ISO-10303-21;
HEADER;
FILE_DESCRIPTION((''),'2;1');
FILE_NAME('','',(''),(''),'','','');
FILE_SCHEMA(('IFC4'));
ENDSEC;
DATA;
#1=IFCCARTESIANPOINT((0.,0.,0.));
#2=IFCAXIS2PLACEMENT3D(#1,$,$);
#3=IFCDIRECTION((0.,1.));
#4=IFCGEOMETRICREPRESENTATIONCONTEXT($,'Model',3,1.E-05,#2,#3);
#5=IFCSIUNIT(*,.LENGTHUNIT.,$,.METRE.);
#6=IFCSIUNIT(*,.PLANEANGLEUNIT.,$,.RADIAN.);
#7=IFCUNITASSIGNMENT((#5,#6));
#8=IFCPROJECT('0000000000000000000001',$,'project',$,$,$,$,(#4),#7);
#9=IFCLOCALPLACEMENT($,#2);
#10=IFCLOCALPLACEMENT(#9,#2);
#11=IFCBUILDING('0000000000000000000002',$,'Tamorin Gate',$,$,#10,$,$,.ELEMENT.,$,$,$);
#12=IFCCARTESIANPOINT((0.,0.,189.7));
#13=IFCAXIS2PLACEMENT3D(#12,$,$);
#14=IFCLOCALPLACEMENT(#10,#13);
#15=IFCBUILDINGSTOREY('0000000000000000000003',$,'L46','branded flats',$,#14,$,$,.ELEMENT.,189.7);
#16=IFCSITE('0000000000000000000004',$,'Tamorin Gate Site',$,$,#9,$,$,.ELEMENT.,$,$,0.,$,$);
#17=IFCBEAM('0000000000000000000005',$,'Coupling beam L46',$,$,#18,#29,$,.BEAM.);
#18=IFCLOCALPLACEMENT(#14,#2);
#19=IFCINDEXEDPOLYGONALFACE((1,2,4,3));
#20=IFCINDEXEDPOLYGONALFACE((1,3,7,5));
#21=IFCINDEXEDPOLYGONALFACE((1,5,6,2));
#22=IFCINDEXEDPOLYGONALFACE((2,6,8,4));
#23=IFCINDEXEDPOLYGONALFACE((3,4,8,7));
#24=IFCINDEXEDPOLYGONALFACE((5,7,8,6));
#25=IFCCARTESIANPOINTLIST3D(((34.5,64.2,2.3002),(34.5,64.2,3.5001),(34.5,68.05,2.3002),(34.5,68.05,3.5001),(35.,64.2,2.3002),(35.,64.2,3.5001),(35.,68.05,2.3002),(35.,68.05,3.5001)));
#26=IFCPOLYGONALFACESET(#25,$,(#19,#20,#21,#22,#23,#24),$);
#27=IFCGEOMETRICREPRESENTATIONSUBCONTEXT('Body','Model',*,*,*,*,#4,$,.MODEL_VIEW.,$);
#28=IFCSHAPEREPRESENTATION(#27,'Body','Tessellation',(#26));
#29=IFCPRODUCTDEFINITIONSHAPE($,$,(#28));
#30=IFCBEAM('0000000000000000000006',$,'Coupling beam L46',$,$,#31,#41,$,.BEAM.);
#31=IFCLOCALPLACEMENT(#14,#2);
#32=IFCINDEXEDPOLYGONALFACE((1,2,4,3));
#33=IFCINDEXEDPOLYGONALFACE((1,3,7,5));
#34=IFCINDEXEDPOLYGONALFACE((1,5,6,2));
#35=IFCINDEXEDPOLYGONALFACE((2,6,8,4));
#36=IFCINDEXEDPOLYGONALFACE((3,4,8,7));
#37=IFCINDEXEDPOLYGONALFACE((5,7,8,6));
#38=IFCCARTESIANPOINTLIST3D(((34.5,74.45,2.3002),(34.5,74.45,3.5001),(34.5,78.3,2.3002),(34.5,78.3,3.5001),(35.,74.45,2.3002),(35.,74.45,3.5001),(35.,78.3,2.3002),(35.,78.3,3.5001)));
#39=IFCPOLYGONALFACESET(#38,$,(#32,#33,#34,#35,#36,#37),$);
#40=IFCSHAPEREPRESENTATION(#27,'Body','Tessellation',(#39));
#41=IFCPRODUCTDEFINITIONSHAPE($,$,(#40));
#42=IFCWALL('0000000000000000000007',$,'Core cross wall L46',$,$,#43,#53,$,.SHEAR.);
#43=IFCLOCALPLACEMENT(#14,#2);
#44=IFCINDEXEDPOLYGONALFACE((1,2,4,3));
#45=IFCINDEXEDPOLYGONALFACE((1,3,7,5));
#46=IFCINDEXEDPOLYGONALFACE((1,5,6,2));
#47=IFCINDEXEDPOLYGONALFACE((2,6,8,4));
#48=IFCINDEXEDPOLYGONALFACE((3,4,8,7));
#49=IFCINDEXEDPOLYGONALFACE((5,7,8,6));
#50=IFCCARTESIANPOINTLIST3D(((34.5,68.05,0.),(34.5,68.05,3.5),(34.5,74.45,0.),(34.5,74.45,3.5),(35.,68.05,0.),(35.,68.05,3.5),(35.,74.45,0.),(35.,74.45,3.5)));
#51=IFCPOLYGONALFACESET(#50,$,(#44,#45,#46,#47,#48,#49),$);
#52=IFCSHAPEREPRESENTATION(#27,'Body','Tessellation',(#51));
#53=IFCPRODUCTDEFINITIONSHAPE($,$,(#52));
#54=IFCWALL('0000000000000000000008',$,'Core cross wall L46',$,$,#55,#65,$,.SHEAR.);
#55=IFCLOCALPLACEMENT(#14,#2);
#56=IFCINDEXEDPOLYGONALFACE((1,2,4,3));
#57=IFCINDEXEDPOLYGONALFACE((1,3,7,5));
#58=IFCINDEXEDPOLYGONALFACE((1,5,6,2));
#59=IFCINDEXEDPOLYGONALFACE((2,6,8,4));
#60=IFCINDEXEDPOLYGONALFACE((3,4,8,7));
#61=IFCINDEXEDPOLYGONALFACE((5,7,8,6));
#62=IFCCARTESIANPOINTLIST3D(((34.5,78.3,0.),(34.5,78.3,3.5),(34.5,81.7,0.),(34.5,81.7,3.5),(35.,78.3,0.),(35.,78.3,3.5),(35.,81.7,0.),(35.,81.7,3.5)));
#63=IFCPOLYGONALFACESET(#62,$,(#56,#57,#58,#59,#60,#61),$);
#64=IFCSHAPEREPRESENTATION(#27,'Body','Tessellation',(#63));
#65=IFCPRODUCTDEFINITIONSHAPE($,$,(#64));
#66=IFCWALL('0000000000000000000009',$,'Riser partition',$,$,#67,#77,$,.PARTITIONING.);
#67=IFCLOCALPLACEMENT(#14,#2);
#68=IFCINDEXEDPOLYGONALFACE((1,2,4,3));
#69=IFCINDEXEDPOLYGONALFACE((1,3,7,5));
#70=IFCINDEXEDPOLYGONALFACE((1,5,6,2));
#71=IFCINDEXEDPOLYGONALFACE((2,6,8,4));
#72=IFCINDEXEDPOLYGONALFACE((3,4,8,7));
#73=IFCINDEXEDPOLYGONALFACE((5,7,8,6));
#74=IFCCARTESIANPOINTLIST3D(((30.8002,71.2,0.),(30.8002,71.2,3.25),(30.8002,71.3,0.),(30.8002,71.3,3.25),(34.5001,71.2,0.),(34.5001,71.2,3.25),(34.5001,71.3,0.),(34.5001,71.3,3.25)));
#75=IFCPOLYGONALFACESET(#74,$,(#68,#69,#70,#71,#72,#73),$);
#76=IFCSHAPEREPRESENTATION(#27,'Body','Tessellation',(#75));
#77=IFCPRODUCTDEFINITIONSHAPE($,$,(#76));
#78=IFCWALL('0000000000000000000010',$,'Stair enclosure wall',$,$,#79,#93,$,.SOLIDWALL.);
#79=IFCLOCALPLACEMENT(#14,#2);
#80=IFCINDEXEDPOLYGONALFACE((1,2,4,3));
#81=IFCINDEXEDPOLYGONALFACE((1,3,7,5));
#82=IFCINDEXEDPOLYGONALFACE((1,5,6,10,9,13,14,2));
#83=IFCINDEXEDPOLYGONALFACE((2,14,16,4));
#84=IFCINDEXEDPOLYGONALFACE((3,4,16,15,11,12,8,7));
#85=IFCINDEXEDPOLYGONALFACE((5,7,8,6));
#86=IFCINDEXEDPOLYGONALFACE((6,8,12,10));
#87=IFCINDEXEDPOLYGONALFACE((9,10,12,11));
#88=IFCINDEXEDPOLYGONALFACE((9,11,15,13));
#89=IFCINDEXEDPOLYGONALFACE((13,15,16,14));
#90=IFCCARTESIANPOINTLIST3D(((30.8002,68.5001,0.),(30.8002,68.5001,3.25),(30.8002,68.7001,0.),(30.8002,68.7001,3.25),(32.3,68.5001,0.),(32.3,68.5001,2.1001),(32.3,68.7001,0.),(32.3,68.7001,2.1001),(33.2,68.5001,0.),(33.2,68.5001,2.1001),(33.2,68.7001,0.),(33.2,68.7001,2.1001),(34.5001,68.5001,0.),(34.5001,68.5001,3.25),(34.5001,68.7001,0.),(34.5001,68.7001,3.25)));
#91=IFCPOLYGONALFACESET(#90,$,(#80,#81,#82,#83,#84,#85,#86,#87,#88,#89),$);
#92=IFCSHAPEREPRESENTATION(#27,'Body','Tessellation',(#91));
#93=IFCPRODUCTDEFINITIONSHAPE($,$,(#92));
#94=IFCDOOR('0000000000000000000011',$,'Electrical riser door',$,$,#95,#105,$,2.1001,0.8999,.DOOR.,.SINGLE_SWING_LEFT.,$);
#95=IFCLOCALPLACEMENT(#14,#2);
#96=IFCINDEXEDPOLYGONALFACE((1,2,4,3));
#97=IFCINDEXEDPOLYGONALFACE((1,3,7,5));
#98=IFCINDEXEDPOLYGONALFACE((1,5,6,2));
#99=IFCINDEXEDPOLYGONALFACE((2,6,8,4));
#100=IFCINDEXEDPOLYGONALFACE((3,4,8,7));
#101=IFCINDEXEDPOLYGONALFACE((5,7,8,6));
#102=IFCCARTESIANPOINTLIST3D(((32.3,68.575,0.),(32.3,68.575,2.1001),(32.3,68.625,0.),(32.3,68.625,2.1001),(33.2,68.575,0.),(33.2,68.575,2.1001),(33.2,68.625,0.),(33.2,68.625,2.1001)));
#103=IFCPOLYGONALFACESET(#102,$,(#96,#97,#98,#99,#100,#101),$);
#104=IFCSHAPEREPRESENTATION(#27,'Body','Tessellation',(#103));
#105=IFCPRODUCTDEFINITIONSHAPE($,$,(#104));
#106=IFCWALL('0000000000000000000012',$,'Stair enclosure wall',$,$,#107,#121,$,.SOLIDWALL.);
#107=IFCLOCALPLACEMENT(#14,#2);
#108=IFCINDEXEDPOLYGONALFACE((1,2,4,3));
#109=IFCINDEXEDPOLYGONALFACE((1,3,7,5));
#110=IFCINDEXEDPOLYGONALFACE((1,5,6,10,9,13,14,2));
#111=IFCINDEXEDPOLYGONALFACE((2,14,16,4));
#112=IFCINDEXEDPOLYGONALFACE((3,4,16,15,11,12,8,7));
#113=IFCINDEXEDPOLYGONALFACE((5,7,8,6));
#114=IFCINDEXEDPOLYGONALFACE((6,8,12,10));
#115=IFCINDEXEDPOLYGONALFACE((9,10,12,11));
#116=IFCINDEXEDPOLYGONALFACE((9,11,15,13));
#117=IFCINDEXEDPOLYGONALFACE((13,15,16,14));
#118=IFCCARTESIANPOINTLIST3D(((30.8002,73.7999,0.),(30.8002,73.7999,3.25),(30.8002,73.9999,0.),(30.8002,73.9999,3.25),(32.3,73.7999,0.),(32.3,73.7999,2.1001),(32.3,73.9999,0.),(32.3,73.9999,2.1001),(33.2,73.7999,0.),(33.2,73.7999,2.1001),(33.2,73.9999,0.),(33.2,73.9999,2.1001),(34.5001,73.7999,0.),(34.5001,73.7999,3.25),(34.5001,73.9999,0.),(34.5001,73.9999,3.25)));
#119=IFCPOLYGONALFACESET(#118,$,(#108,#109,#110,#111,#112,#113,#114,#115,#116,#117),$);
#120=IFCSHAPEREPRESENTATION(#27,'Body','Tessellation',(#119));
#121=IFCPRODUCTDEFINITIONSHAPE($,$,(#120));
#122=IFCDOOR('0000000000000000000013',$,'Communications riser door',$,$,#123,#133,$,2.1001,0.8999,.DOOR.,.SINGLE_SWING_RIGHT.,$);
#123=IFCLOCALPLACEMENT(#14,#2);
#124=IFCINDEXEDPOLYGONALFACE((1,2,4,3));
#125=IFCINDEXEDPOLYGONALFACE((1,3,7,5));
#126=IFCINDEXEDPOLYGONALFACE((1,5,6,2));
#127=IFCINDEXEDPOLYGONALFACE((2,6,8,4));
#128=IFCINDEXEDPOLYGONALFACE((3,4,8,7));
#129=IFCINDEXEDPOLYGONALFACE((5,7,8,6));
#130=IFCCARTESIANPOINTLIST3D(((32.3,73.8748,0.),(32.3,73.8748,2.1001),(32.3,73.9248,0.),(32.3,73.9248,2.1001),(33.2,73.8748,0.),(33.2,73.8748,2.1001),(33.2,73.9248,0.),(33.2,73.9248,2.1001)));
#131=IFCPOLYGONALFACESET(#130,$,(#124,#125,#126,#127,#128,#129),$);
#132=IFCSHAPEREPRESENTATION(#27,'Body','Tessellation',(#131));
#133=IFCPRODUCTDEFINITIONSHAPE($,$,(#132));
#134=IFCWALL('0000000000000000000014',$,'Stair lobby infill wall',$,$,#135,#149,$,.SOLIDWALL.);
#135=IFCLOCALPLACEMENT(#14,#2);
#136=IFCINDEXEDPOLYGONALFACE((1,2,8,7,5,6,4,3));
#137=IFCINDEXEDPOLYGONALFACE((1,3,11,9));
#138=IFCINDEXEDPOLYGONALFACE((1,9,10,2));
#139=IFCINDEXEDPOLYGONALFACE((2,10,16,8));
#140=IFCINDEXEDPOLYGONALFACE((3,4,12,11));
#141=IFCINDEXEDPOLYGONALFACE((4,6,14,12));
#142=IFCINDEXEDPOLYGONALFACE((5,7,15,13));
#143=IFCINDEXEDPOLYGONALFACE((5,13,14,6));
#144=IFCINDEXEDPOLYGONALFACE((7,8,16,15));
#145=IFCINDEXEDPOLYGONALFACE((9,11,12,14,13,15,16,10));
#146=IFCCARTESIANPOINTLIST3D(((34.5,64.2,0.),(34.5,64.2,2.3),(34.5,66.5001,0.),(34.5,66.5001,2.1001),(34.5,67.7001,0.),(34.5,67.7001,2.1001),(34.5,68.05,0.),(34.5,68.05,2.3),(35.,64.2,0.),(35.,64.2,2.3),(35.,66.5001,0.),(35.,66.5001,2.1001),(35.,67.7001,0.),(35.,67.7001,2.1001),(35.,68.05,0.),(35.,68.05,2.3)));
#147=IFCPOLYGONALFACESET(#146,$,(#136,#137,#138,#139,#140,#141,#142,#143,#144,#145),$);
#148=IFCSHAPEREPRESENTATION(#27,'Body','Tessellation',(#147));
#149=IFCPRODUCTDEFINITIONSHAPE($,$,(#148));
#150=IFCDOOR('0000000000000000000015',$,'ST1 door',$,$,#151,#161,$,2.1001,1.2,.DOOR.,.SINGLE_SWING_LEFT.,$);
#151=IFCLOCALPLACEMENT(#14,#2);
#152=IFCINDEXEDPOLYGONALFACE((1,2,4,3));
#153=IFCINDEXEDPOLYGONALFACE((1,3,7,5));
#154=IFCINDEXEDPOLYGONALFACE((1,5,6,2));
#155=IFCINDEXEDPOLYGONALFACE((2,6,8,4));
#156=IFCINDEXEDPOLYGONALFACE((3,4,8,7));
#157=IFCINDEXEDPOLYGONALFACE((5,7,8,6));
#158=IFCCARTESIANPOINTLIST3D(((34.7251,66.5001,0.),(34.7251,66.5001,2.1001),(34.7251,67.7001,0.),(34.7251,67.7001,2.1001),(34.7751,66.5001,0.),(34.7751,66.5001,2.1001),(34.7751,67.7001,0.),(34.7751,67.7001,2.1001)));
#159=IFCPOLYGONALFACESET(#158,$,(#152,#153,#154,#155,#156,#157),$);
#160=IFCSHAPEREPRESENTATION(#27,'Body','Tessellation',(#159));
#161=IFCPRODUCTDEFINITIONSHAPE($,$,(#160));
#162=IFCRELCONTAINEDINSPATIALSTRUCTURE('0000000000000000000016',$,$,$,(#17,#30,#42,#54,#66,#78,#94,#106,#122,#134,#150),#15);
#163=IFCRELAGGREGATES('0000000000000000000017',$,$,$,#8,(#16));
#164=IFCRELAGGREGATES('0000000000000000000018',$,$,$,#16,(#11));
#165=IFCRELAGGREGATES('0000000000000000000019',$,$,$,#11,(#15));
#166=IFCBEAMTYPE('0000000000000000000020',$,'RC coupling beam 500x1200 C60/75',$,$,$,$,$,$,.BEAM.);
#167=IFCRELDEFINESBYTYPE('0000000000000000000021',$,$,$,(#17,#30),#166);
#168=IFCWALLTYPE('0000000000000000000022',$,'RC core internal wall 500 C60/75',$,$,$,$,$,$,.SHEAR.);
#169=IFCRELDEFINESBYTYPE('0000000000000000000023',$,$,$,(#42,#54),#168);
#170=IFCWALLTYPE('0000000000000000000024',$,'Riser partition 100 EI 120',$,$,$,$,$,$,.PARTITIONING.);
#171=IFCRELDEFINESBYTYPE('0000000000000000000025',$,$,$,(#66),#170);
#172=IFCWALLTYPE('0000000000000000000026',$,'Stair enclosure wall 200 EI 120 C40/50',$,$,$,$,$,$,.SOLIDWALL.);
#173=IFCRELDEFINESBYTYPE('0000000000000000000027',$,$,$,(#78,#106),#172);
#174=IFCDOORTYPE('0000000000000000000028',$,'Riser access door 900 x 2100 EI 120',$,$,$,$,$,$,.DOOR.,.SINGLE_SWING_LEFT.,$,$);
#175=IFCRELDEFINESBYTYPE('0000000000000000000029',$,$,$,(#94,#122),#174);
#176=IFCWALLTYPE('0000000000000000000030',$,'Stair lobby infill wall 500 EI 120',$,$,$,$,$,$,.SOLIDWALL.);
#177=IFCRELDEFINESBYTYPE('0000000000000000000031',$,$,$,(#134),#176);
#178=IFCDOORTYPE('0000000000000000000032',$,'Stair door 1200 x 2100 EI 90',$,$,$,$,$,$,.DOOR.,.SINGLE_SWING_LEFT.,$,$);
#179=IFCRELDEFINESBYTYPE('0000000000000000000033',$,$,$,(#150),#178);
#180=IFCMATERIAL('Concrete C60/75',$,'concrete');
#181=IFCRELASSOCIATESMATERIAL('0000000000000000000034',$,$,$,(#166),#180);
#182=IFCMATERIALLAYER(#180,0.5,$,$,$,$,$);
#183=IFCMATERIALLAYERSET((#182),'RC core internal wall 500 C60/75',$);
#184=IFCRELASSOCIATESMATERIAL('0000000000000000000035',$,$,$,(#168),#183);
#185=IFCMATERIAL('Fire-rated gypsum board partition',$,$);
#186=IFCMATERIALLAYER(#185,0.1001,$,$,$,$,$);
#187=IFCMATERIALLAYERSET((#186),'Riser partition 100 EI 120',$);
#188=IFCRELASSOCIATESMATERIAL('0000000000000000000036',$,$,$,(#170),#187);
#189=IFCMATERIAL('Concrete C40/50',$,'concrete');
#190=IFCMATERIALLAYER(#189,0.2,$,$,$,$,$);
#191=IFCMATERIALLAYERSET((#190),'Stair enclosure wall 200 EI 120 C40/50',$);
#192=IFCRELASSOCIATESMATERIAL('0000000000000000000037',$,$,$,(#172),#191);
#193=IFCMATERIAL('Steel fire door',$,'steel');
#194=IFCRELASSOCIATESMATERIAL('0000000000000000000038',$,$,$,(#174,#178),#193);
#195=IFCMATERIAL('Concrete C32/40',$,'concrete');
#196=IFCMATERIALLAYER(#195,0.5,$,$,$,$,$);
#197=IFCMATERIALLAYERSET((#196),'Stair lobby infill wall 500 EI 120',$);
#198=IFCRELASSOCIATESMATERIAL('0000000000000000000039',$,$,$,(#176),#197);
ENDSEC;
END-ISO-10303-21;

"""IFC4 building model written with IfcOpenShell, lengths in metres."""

from ifc_helpers import new_model, si_unit, direction, frame, frame_2d, origin, origin_2d, place, context, subcontext, project, spatial, rectangle, extrude, material, layer, layer_set, material_profile, profile_set, type_object, element, fill, save


model = new_model("IFC4")

# Units and contexts
model_context = context("Model", 3, precision=1e-05, world=origin(), true_north=direction((0.0, 1.0)))
body_context = subcontext(model_context, "Body", "Model", "MODEL_VIEW")
ifc_project = project(units=[si_unit("LENGTHUNIT", "METRE"), si_unit("PLANEANGLEUNIT", "RADIAN")], contexts=[model_context])

# Site, building, storey
site_placement = place(None, origin())
site = spatial("IfcSite", under=ifc_project, at=site_placement, Name="Tamorin Gate Site", CompositionType="ELEMENT", RefElevation=0.0)
building_placement = place(site_placement, origin())
building = spatial("IfcBuilding", under=site, at=building_placement, Name="Tamorin Gate", CompositionType="ELEMENT")
storey_placement = place(building_placement, frame((0.0, 0.0, 189.7)))
storey = spatial("IfcBuildingStorey", under=building, at=storey_placement, Name="L46", Description="branded flats", CompositionType="ELEMENT", Elevation=189.7)

# Beams
ifc_material_1 = material(Name="Concrete C60/75", Category="concrete")
ifc_material_profile = material_profile(ifc_material_1, rectangle(XDim=0.5, YDim=1.2, at=origin_2d()), Name="RC 500x1200")
ifc_profile_set = profile_set([ifc_material_profile], Name="Concrete C60/75")
beam_type = type_object("IfcBeamType", Name="RC coupling beam 500x1200 C60/75", PredefinedType="BEAM", material=ifc_profile_set)
for number, where, z_axis, x_axis, name in (
    (1, (34.75, 64.2, 2.9001), (0.0, 1.0, 0.0), (-1.0, 0.0, 0.0), "Coupling beam L46"),
    (2, (34.75, 74.45, 2.9001), (0.0, 1.0, 0.0), (-1.0, 0.0, 0.0), "Coupling beam L46"),
):
    element("IfcBeam", number, at=place(storey_placement, frame(where, z_axis=z_axis, x_axis=x_axis)), inside=storey, type_object=beam_type, Name=name, PredefinedType="BEAM", context=body_context, shape_type="SweptSolid", body=[
        extrude(rectangle(XDim=0.5, YDim=1.2, at=origin_2d()), origin(), (0.0, 0.0, 1.0), 3.8501),
    ])

# Walls
ifc_layer_1 = layer(ifc_material_1, 0.5)
ifc_layer_set_1 = layer_set([ifc_layer_1], Name="RC core internal wall 500 C60/75")
wall_type_1 = type_object("IfcWallType", Name="RC core internal wall 500 C60/75", PredefinedType="SHEAR", material=ifc_layer_set_1)
wall_1_placement = place(storey_placement, frame((34.75, 68.05, 0.0), z_axis=(0.0, 0.0, 1.0), x_axis=(0.0, 1.0, 0.0)))
element("IfcWall", 3, at=wall_1_placement, inside=storey, type_object=wall_type_1, Name="Core cross wall L46", PredefinedType="SHEAR", context=body_context, shape_type="SweptSolid", body=[
    extrude(rectangle(XDim=6.3999, YDim=0.5, at=frame_2d((3.2, 0.0))), origin(), (0.0, 0.0, 1.0), 3.5),
])
wall_2_placement = place(storey_placement, frame((34.75, 78.3, 0.0), z_axis=(0.0, 0.0, 1.0), x_axis=(0.0, 1.0, 0.0)))
element("IfcWall", 4, at=wall_2_placement, inside=storey, type_object=wall_type_1, Name="Core cross wall L46", PredefinedType="SHEAR", context=body_context, shape_type="SweptSolid", body=[
    extrude(rectangle(XDim=3.3999, YDim=0.5, at=frame_2d((1.7, 0.0))), origin(), (0.0, 0.0, 1.0), 3.5),
])
ifc_material_2 = material(Name="Fire-rated gypsum board partition")
ifc_layer_2 = layer(ifc_material_2, 0.1001)
ifc_layer_set_2 = layer_set([ifc_layer_2], Name="Riser partition 100 EI 120")
wall_type_2 = type_object("IfcWallType", Name="Riser partition 100 EI 120", PredefinedType="PARTITIONING", material=ifc_layer_set_2)
wall_3_placement = place(storey_placement, frame((30.8, 71.25, 0.0), z_axis=(0.0, 0.0, 1.0), x_axis=(1.0, 0.0, 0.0)))
element("IfcWall", 5, at=wall_3_placement, inside=storey, type_object=wall_type_2, Name="Riser partition", PredefinedType="PARTITIONING", context=body_context, shape_type="SweptSolid", body=[
    extrude(rectangle(XDim=3.7, YDim=0.1001, at=frame_2d((1.8501, 0.0))), origin(), (0.0, 0.0, 1.0), 3.25),
])

# Walls, openings, doors
ifc_material_3 = material(Name="Concrete C40/50", Category="concrete")
ifc_layer_3 = layer(ifc_material_3, 0.2)
ifc_layer_set_3 = layer_set([ifc_layer_3], Name="Stair enclosure wall 200 EI 120 C40/50")
wall_type_3 = type_object("IfcWallType", Name="Stair enclosure wall 200 EI 120 C40/50", PredefinedType="SOLIDWALL", material=ifc_layer_set_3)
wall_4_placement = place(storey_placement, frame((30.8, 68.6001, 0.0), z_axis=(0.0, 0.0, 1.0), x_axis=(1.0, 0.0, 0.0)))
wall_4 = element("IfcWall", 6, at=wall_4_placement, inside=storey, type_object=wall_type_3, Name="Stair enclosure wall", PredefinedType="SOLIDWALL", context=body_context, shape_type="SweptSolid", body=[
    extrude(rectangle(XDim=3.7, YDim=0.2, at=frame_2d((1.8501, 0.0))), origin(), (0.0, 0.0, 1.0), 3.25),
])
opening_1_placement = place(wall_4_placement, frame((1.5, 0.0, 0.0)))
opening_1 = element("IfcOpeningElement", 7, at=opening_1_placement, cuts=wall_4, PredefinedType="OPENING", context=body_context, shape_type="SweptSolid", body=[
    extrude(rectangle(XDim=0.8999, YDim=2.1001, at=frame_2d((0.45, 1.05))), frame((0.0, 0.1099, 0.0), z_axis=(0.0, -1.0, 0.0), x_axis=(1.0, 0.0, 0.0)), (0.0, 0.0, 1.0), 0.22),
])
ifc_material_4 = material(Name="Steel fire door", Category="steel")
door_type_1 = type_object("IfcDoorType", Name="Riser access door 900 x 2100 EI 120", OperationType="SINGLE_SWING_LEFT", PredefinedType="DOOR", material=ifc_material_4)
door_1_placement = place(opening_1_placement, origin())
door_1 = element("IfcDoor", 8, at=door_1_placement, inside=storey, type_object=door_type_1, Name="Electrical riser door", OperationType="SINGLE_SWING_LEFT", OverallHeight=2.1001, OverallWidth=0.8999, PredefinedType="DOOR", context=body_context, shape_type="SweptSolid", body=[
    extrude(rectangle(XDim=0.8999, YDim=2.1001, at=frame_2d((0.45, 1.05))), frame((0.0, 0.0249, 0.0), z_axis=(0.0, -1.0, 0.0), x_axis=(1.0, 0.0, 0.0)), (0.0, 0.0, 1.0), 0.05),
])
fill(opening_1, door_1)
wall_5_placement = place(storey_placement, frame((30.8, 73.8999, 0.0), z_axis=(0.0, 0.0, 1.0), x_axis=(1.0, 0.0, 0.0)))
wall_5 = element("IfcWall", 9, at=wall_5_placement, inside=storey, type_object=wall_type_3, Name="Stair enclosure wall", PredefinedType="SOLIDWALL", context=body_context, shape_type="SweptSolid", body=[
    extrude(rectangle(XDim=3.7, YDim=0.2, at=frame_2d((1.8501, 0.0))), origin(), (0.0, 0.0, 1.0), 3.25),
])
opening_2_placement = place(wall_5_placement, frame((1.5, 0.0, 0.0)))
opening_2 = element("IfcOpeningElement", 10, at=opening_2_placement, cuts=wall_5, PredefinedType="OPENING", context=body_context, shape_type="SweptSolid", body=[
    extrude(rectangle(XDim=0.8999, YDim=2.1001, at=frame_2d((0.45, 1.05))), frame((0.0, 0.1099, 0.0), z_axis=(0.0, -1.0, 0.0), x_axis=(1.0, 0.0, 0.0)), (0.0, 0.0, 1.0), 0.22),
])
door_2_placement = place(opening_2_placement, origin())
door_2 = element("IfcDoor", 11, at=door_2_placement, inside=storey, type_object=door_type_1, Name="Communications riser door", OperationType="SINGLE_SWING_RIGHT", OverallHeight=2.1001, OverallWidth=0.8999, PredefinedType="DOOR", context=body_context, shape_type="SweptSolid", body=[
    extrude(rectangle(XDim=0.8999, YDim=2.1001, at=frame_2d((0.45, 1.05))), frame((0.0, 0.0249, 0.0), z_axis=(0.0, -1.0, 0.0), x_axis=(1.0, 0.0, 0.0)), (0.0, 0.0, 1.0), 0.05),
])
fill(opening_2, door_2)
ifc_material_5 = material(Name="Concrete C32/40", Category="concrete")
ifc_layer_4 = layer(ifc_material_5, 0.5)
ifc_layer_set_4 = layer_set([ifc_layer_4], Name="Stair lobby infill wall 500 EI 120")
wall_type_4 = type_object("IfcWallType", Name="Stair lobby infill wall 500 EI 120", PredefinedType="SOLIDWALL", material=ifc_layer_set_4)
wall_6_placement = place(storey_placement, frame((34.75, 64.2, 0.0), z_axis=(0.0, 0.0, 1.0), x_axis=(0.0, 1.0, 0.0)))
wall_6 = element("IfcWall", 12, at=wall_6_placement, inside=storey, type_object=wall_type_4, Name="Stair lobby infill wall", PredefinedType="SOLIDWALL", context=body_context, shape_type="SweptSolid", body=[
    extrude(rectangle(XDim=3.8501, YDim=0.5, at=frame_2d((1.925, 0.0))), origin(), (0.0, 0.0, 1.0), 2.3),
])
opening_3_placement = place(wall_6_placement, frame((2.3, 0.0, 0.0)))
opening_3 = element("IfcOpeningElement", 13, at=opening_3_placement, cuts=wall_6, PredefinedType="OPENING", context=body_context, shape_type="SweptSolid", body=[
    extrude(rectangle(XDim=1.2, YDim=2.1001, at=frame_2d((0.6001, 1.05))), frame((0.0, 0.26, 0.0), z_axis=(0.0, -1.0, 0.0), x_axis=(1.0, 0.0, 0.0)), (0.0, 0.0, 1.0), 0.52),
])
door_type_2 = type_object("IfcDoorType", Name="Stair door 1200 x 2100 EI 90", OperationType="SINGLE_SWING_LEFT", PredefinedType="DOOR", material=ifc_material_4)
door_3_placement = place(opening_3_placement, origin())
door_3 = element("IfcDoor", 14, at=door_3_placement, inside=storey, type_object=door_type_2, Name="ST1 door", OperationType="SINGLE_SWING_LEFT", OverallHeight=2.1001, OverallWidth=1.2, PredefinedType="DOOR", context=body_context, shape_type="SweptSolid", body=[
    extrude(rectangle(XDim=1.2, YDim=2.1001, at=frame_2d((0.6001, 1.05))), frame((0.0, 0.0249, 0.0), z_axis=(0.0, -1.0, 0.0), x_axis=(1.0, 0.0, 0.0)), (0.0, 0.0, 1.0), 0.05),
])
fill(opening_3, door_3)

save(model, "model.ifc")
